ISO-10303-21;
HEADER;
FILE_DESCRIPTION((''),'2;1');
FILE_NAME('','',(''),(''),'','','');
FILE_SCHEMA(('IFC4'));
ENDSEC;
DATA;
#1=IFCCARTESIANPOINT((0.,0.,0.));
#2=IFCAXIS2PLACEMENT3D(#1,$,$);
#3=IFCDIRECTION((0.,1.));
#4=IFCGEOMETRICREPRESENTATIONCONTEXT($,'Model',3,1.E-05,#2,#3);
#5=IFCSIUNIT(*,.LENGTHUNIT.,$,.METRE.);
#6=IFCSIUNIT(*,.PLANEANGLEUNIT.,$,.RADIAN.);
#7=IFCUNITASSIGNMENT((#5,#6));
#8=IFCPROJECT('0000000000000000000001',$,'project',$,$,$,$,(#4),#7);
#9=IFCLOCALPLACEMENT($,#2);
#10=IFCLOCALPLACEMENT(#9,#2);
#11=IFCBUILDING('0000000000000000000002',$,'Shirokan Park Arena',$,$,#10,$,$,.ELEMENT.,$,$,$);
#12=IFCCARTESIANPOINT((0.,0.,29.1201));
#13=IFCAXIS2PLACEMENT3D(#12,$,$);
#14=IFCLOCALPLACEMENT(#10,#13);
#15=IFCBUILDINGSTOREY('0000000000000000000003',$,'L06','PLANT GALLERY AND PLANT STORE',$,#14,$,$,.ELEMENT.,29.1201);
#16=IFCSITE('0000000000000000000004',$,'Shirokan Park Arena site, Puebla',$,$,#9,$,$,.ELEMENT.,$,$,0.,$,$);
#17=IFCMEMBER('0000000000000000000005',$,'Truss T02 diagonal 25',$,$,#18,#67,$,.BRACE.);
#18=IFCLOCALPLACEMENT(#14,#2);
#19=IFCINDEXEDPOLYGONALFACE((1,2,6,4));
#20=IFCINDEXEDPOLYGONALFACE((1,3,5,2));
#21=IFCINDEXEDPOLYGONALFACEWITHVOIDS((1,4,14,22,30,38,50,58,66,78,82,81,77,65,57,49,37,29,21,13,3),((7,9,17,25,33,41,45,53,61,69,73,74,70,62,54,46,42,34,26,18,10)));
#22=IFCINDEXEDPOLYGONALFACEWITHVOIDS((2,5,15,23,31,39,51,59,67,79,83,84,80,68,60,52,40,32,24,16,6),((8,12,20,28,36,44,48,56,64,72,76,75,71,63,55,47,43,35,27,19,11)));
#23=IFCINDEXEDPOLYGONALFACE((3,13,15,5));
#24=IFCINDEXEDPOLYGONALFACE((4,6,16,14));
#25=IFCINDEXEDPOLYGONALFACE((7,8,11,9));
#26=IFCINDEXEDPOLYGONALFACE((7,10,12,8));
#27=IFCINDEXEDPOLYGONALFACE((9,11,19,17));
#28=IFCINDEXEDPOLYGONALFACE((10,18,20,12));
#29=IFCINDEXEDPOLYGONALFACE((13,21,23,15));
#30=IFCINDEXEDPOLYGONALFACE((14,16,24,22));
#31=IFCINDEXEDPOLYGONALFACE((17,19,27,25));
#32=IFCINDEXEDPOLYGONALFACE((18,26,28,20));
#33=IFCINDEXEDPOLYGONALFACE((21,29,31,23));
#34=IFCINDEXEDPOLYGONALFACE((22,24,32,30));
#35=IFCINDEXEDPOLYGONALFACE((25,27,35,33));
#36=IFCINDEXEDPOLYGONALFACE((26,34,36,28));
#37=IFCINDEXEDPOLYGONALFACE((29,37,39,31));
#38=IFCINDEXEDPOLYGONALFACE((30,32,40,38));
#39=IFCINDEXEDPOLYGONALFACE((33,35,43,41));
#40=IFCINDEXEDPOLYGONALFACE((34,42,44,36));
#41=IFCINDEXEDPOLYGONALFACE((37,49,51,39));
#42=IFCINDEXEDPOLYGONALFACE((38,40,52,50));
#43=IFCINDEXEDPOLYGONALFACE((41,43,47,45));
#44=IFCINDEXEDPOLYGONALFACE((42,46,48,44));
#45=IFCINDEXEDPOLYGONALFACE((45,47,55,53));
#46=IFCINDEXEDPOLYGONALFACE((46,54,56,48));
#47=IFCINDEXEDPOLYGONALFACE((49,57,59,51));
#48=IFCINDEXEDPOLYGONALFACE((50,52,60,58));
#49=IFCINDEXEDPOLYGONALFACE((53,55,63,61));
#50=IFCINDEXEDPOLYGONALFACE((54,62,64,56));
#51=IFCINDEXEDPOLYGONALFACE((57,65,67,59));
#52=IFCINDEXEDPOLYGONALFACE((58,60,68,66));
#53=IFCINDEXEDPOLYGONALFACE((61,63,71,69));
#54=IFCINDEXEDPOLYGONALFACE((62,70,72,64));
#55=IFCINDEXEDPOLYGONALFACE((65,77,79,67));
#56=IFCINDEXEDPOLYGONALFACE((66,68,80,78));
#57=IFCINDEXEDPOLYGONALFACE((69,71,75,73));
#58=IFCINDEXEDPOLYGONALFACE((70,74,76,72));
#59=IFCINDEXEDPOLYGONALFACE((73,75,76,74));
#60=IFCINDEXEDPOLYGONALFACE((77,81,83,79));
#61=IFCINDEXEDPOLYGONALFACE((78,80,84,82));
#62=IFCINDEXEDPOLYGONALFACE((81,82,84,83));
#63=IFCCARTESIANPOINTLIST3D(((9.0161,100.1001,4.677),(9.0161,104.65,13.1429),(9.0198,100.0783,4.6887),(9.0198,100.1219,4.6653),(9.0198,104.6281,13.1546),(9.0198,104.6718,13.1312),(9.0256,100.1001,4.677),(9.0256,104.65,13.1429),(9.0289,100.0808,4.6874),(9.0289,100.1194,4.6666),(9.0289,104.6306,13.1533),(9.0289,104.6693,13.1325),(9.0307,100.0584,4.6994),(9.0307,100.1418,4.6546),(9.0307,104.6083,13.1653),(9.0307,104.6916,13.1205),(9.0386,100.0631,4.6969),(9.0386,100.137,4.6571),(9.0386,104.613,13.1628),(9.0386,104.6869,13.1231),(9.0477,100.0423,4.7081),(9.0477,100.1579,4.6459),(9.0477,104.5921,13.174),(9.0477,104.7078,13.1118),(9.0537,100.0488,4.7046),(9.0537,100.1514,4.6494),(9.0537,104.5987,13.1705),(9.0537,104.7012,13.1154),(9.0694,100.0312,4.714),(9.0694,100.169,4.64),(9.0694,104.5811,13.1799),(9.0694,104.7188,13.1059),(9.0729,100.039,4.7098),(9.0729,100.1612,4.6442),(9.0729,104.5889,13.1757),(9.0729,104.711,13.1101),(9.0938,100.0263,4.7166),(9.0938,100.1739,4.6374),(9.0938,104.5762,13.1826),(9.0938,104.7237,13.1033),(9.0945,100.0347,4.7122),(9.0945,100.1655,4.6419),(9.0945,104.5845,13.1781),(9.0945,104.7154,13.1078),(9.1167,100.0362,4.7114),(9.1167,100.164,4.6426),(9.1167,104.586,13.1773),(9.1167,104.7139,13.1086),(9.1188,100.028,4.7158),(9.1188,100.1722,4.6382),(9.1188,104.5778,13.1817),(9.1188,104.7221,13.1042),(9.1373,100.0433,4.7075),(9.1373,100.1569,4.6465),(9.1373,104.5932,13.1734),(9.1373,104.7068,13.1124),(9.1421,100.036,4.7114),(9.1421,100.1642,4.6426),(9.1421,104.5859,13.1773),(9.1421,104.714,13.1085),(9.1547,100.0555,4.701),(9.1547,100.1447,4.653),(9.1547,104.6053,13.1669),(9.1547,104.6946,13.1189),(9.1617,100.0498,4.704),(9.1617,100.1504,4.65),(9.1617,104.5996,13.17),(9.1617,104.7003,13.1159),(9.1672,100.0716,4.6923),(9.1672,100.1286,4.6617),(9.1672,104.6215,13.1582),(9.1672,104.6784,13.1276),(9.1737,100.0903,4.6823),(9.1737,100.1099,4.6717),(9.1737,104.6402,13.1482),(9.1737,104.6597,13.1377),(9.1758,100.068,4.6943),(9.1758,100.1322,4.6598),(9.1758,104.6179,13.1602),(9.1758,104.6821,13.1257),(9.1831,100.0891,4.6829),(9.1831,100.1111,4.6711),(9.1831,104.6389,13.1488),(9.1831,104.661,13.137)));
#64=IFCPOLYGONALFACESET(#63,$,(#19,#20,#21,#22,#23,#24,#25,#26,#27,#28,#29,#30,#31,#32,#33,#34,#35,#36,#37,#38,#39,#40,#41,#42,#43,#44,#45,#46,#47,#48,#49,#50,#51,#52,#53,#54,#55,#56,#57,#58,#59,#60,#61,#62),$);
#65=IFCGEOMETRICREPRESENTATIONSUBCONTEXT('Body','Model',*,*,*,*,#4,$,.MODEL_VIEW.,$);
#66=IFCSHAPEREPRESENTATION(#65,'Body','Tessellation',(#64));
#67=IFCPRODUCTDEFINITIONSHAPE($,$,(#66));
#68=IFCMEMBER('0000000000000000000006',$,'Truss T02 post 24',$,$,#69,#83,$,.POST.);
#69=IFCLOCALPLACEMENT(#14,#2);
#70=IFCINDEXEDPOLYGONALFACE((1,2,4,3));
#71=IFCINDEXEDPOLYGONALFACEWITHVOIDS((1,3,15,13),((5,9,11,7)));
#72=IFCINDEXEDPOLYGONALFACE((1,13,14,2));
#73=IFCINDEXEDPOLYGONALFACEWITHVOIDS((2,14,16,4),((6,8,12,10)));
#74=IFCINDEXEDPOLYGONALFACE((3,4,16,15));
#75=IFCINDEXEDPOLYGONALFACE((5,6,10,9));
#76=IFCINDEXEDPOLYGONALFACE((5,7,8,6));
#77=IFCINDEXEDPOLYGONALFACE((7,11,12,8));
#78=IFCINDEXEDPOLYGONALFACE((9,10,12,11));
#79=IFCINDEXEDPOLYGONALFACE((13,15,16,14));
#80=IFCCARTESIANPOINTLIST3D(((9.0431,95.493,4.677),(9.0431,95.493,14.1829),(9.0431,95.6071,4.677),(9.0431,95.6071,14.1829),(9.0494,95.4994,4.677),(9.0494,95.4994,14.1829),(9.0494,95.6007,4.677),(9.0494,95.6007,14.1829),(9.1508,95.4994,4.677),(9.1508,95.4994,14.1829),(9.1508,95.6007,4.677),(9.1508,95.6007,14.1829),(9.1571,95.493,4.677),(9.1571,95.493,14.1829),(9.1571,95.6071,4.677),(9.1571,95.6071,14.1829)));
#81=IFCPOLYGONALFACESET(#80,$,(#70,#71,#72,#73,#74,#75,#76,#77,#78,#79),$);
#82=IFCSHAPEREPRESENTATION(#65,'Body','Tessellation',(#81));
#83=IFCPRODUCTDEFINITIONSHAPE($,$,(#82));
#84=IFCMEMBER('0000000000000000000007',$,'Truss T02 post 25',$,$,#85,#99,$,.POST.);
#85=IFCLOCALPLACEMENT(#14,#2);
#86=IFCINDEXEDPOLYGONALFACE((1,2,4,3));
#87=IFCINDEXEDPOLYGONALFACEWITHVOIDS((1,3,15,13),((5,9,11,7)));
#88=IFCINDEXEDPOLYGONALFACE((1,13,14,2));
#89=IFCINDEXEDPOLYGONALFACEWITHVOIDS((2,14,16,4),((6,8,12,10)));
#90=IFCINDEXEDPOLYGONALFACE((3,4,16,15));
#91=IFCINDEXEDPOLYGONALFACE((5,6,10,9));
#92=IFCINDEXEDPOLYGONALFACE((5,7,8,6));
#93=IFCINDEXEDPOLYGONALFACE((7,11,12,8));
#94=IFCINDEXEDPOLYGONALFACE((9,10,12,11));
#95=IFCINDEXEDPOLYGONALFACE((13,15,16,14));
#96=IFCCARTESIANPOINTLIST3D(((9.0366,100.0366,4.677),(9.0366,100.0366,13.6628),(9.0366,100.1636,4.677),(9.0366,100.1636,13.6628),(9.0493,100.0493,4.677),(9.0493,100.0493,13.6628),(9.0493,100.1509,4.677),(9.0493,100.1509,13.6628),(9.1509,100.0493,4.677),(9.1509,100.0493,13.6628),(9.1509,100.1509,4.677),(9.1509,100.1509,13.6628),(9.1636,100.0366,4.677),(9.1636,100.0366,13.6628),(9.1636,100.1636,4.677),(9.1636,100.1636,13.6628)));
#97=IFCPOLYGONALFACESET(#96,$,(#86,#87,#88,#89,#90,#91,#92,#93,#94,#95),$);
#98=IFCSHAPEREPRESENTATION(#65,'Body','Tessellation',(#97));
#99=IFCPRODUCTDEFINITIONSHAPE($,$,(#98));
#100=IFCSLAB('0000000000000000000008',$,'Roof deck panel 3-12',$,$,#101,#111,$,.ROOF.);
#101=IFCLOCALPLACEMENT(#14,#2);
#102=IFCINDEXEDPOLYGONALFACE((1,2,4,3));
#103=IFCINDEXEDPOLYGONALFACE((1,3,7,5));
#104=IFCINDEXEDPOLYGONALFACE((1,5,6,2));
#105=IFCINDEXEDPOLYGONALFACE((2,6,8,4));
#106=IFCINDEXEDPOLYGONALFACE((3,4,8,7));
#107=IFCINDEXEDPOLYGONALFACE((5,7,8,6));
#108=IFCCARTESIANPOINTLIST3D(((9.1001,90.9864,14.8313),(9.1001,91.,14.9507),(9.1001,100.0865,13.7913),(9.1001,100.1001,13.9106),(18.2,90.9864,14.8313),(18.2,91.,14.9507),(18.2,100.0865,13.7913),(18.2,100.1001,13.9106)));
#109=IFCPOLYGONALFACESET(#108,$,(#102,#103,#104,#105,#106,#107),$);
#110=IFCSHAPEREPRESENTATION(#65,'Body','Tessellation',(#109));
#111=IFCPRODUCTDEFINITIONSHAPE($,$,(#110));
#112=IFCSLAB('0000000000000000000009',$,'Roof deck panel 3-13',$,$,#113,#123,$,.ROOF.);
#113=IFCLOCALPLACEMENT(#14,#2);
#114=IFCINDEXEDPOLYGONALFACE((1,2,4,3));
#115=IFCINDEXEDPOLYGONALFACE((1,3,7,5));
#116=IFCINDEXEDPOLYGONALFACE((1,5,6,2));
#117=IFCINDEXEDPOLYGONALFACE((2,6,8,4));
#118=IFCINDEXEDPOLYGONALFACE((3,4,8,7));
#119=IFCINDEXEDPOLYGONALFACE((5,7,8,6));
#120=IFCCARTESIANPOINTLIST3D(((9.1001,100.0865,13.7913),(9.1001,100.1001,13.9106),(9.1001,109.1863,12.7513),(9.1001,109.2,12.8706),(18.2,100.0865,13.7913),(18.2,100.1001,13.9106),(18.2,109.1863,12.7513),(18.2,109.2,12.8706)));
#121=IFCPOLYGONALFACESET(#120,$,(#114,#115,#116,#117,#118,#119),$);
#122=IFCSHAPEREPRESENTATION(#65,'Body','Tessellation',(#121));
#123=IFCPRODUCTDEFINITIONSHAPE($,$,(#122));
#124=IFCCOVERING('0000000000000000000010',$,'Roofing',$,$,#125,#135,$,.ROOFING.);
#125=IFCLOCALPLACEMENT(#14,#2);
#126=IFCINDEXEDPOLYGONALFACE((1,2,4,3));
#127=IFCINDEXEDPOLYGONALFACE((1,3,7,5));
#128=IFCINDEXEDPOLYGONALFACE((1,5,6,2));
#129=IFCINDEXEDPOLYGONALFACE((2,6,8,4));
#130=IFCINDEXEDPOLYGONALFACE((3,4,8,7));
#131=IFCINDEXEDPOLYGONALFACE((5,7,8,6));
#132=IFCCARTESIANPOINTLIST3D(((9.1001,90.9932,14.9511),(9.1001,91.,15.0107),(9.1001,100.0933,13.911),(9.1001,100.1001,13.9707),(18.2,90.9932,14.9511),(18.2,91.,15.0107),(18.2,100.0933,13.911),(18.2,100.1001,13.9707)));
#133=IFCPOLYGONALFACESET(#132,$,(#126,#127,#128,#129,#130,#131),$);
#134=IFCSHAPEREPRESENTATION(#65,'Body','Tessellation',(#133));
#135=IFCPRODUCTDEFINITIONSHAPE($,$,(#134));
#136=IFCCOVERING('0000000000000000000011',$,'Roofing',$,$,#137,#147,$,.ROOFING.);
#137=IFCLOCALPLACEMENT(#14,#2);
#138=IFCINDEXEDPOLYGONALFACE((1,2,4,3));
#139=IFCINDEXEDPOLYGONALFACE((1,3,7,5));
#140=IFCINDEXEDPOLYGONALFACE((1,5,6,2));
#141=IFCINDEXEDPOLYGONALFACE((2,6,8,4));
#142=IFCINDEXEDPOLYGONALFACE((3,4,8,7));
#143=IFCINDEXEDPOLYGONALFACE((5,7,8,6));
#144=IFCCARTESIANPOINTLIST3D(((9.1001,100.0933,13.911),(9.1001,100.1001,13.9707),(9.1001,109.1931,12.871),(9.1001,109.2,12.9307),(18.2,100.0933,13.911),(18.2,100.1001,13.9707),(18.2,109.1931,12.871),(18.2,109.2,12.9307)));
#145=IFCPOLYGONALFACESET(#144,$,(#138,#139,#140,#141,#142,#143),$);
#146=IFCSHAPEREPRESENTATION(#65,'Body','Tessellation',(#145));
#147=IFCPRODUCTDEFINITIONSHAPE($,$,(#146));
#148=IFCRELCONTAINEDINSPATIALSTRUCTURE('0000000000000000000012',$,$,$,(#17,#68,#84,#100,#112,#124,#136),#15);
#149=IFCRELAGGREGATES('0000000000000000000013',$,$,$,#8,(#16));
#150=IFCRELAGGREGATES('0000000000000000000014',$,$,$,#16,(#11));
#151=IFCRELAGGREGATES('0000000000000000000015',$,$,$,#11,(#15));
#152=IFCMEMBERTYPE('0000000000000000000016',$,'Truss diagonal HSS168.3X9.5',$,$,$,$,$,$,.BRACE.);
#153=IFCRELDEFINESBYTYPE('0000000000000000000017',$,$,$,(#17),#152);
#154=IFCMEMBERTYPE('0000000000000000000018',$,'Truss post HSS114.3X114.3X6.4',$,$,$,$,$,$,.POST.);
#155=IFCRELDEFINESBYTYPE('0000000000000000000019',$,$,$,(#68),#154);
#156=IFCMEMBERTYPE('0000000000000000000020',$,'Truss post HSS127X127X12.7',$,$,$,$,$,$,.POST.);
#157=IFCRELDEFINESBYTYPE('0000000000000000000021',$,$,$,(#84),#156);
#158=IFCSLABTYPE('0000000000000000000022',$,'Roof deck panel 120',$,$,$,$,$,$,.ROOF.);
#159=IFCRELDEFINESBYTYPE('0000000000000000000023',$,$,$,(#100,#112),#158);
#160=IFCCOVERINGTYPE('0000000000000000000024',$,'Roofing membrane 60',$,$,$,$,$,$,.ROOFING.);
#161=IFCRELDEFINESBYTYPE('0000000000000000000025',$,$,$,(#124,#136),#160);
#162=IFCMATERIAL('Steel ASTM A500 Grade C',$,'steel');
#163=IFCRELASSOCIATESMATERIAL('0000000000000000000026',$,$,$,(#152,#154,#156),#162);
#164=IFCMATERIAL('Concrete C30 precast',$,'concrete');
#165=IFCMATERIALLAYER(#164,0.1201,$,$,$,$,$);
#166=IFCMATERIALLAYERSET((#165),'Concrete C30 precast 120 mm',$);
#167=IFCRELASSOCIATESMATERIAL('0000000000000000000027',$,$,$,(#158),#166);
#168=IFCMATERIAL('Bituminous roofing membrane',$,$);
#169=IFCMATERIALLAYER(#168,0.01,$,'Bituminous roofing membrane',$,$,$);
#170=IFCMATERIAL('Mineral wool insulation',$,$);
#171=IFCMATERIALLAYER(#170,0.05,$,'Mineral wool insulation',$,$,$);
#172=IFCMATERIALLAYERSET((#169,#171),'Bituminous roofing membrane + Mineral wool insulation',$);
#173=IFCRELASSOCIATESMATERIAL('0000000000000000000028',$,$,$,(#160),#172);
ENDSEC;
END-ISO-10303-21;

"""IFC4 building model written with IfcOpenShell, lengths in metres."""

from ifc_helpers import new_model, si_unit, direction, frame, origin, origin_2d, place, context, subcontext, project, spatial, polyline, hollow_rectangle, hollow_circle, outline, extrude, material, layer, layer_set, material_profile, profile_set, type_object, element, save


model = new_model("IFC4")

# Units and contexts
model_context = context("Model", 3, precision=1e-05, world=origin(), true_north=direction((0.0, 1.0)))
body_context = subcontext(model_context, "Body", "Model", "MODEL_VIEW")
ifc_project = project(units=[si_unit("LENGTHUNIT", "METRE"), si_unit("PLANEANGLEUNIT", "RADIAN")], contexts=[model_context])

# Site, building, storey
site_placement = place(None, origin())
site = spatial("IfcSite", under=ifc_project, at=site_placement, Name="Shirokan Park Arena site, Puebla", CompositionType="ELEMENT", RefElevation=0.0)
building_placement = place(site_placement, origin())
building = spatial("IfcBuilding", under=site, at=building_placement, Name="Shirokan Park Arena", CompositionType="ELEMENT")
storey_placement = place(building_placement, frame((0.0, 0.0, 29.1201)))
storey = spatial("IfcBuildingStorey", under=building, at=storey_placement, Name="L06", Description="PLANT GALLERY AND PLANT STORE", CompositionType="ELEMENT", Elevation=29.1201)

# Members
ifc_material_1 = material(Name="Steel ASTM A500 Grade C", Category="steel")
ifc_material_profile_1 = material_profile(ifc_material_1, hollow_circle(Radius=0.084, WallThickness=0.0095, at=origin_2d()), Name="HSS168.3X9.5")
ifc_profile_set_1 = profile_set([ifc_material_profile_1], Name="Steel ASTM A500 Grade C")
member_type_1 = type_object("IfcMemberType", Name="Truss diagonal HSS168.3X9.5", PredefinedType="BRACE", material=ifc_profile_set_1)
member_1_placement = place(storey_placement, frame((9.1001, 100.1001, 4.677), z_axis=(0.0, 0.473397, 0.880849), x_axis=(-1.0, 0.0, 0.0)))
element("IfcMember", 1, at=member_1_placement, inside=storey, type_object=member_type_1, Name="Truss T02 diagonal 25", PredefinedType="BRACE", context=body_context, shape_type="SweptSolid", body=[
    extrude(hollow_circle(Radius=0.084, WallThickness=0.0095, at=origin_2d()), origin(), (0.0, 0.0, 1.0), 9.6111),
])
ifc_material_profile_2 = material_profile(ifc_material_1, hollow_rectangle(XDim=0.114, YDim=0.114, WallThickness=0.0063, at=origin_2d()), Name="HSS114.3X114.3X6.4")
ifc_profile_set_2 = profile_set([ifc_material_profile_2], Name="Steel ASTM A500 Grade C")
member_type_2 = type_object("IfcMemberType", Name="Truss post HSS114.3X114.3X6.4", PredefinedType="POST", material=ifc_profile_set_2)
member_2_placement = place(storey_placement, frame((9.1001, 95.55, 4.677), z_axis=(0.0, 0.0, 1.0), x_axis=(1.0, 0.0, 0.0)))
element("IfcMember", 2, at=member_2_placement, inside=storey, type_object=member_type_2, Name="Truss T02 post 24", PredefinedType="POST", context=body_context, shape_type="SweptSolid", body=[
    extrude(hollow_rectangle(XDim=0.114, YDim=0.114, WallThickness=0.0063, at=origin_2d()), origin(), (0.0, 0.0, 1.0), 9.5059),
])
ifc_material_profile_3 = material_profile(ifc_material_1, hollow_rectangle(XDim=0.127, YDim=0.127, WallThickness=0.0127, at=origin_2d()), Name="HSS127X127X12.7")
ifc_profile_set_3 = profile_set([ifc_material_profile_3], Name="Steel ASTM A500 Grade C")
member_type_3 = type_object("IfcMemberType", Name="Truss post HSS127X127X12.7", PredefinedType="POST", material=ifc_profile_set_3)
member_3_placement = place(storey_placement, frame((9.1001, 100.1001, 4.677), z_axis=(0.0, 0.0, 1.0), x_axis=(1.0, 0.0, 0.0)))
element("IfcMember", 3, at=member_3_placement, inside=storey, type_object=member_type_3, Name="Truss T02 post 25", PredefinedType="POST", context=body_context, shape_type="SweptSolid", body=[
    extrude(hollow_rectangle(XDim=0.127, YDim=0.127, WallThickness=0.0127, at=origin_2d()), origin(), (0.0, 0.0, 1.0), 8.9858),
])

# Slabs
ifc_material_2 = material(Name="Concrete C30 precast", Category="concrete")
ifc_layer_1 = layer(ifc_material_2, 0.1201)
ifc_layer_set_1 = layer_set([ifc_layer_1], Name="Concrete C30 precast 120 mm")
slab_type = type_object("IfcSlabType", Name="Roof deck panel 120", PredefinedType="ROOF", material=ifc_layer_set_1)
slab_1_placement = place(storey_placement, frame((9.1001, 91.0, 14.9507), z_axis=(0.0, 0.11355, 0.993532), x_axis=(1.0, 0.0, 0.0)))
element("IfcSlab", 4, at=slab_1_placement, inside=storey, type_object=slab_type, Name="Roof deck panel 3-12", PredefinedType="ROOF", context=body_context, shape_type="SweptSolid", body=[
    extrude(outline(polyline([(0.0, 0.0), (9.0999, 0.0), (9.0999, 9.1593), (0.0, 9.1593), (0.0, 0.0)])), origin(), (0.0, 0.0, -1.0), 0.1201),
])
slab_2_placement = place(storey_placement, frame((9.1001, 100.1001, 13.9106), z_axis=(0.0, 0.113553, 0.993532), x_axis=(1.0, 0.0, 0.0)))
element("IfcSlab", 5, at=slab_2_placement, inside=storey, type_object=slab_type, Name="Roof deck panel 3-13", PredefinedType="ROOF", context=body_context, shape_type="SweptSolid", body=[
    extrude(outline(polyline([(0.0, 0.0), (9.0999, 0.0), (9.0999, 9.1591), (0.0, 9.1591), (0.0, 0.0)])), origin(), (0.0, 0.0, -1.0), 0.1201),
])

# Coverings
ifc_material_3 = material(Name="Bituminous roofing membrane")
ifc_layer_2 = layer(ifc_material_3, 0.01, Name="Bituminous roofing membrane")
ifc_material_4 = material(Name="Mineral wool insulation")
ifc_layer_3 = layer(ifc_material_4, 0.05, Name="Mineral wool insulation")
ifc_layer_set_2 = layer_set([ifc_layer_2, ifc_layer_3], Name="Bituminous roofing membrane + Mineral wool insulation")
covering_type = type_object("IfcCoveringType", Name="Roofing membrane 60", PredefinedType="ROOFING", material=ifc_layer_set_2)
covering_1_placement = place(storey_placement, frame((9.1001, 91.0, 15.0107), z_axis=(0.0, 0.11355, 0.993532), x_axis=(1.0, 0.0, 0.0)))
element("IfcCovering", 6, at=covering_1_placement, inside=storey, type_object=covering_type, Name="Roofing", PredefinedType="ROOFING", context=body_context, shape_type="SweptSolid", body=[
    extrude(outline(polyline([(0.0, 0.0), (9.0999, 0.0), (9.0999, 9.1593), (0.0, 9.1593), (0.0, 0.0)])), origin(), (0.0, 0.0, -1.0), 0.0601),
])
covering_2_placement = place(storey_placement, frame((9.1001, 100.1001, 13.9707), z_axis=(0.0, 0.113553, 0.993532), x_axis=(1.0, 0.0, 0.0)))
element("IfcCovering", 7, at=covering_2_placement, inside=storey, type_object=covering_type, Name="Roofing", PredefinedType="ROOFING", context=body_context, shape_type="SweptSolid", body=[
    extrude(outline(polyline([(0.0, 0.0), (9.0999, 0.0), (9.0999, 9.1591), (0.0, 9.1591), (0.0, 0.0)])), origin(), (0.0, 0.0, -1.0), 0.0601),
])

save(model, "model.ifc")
